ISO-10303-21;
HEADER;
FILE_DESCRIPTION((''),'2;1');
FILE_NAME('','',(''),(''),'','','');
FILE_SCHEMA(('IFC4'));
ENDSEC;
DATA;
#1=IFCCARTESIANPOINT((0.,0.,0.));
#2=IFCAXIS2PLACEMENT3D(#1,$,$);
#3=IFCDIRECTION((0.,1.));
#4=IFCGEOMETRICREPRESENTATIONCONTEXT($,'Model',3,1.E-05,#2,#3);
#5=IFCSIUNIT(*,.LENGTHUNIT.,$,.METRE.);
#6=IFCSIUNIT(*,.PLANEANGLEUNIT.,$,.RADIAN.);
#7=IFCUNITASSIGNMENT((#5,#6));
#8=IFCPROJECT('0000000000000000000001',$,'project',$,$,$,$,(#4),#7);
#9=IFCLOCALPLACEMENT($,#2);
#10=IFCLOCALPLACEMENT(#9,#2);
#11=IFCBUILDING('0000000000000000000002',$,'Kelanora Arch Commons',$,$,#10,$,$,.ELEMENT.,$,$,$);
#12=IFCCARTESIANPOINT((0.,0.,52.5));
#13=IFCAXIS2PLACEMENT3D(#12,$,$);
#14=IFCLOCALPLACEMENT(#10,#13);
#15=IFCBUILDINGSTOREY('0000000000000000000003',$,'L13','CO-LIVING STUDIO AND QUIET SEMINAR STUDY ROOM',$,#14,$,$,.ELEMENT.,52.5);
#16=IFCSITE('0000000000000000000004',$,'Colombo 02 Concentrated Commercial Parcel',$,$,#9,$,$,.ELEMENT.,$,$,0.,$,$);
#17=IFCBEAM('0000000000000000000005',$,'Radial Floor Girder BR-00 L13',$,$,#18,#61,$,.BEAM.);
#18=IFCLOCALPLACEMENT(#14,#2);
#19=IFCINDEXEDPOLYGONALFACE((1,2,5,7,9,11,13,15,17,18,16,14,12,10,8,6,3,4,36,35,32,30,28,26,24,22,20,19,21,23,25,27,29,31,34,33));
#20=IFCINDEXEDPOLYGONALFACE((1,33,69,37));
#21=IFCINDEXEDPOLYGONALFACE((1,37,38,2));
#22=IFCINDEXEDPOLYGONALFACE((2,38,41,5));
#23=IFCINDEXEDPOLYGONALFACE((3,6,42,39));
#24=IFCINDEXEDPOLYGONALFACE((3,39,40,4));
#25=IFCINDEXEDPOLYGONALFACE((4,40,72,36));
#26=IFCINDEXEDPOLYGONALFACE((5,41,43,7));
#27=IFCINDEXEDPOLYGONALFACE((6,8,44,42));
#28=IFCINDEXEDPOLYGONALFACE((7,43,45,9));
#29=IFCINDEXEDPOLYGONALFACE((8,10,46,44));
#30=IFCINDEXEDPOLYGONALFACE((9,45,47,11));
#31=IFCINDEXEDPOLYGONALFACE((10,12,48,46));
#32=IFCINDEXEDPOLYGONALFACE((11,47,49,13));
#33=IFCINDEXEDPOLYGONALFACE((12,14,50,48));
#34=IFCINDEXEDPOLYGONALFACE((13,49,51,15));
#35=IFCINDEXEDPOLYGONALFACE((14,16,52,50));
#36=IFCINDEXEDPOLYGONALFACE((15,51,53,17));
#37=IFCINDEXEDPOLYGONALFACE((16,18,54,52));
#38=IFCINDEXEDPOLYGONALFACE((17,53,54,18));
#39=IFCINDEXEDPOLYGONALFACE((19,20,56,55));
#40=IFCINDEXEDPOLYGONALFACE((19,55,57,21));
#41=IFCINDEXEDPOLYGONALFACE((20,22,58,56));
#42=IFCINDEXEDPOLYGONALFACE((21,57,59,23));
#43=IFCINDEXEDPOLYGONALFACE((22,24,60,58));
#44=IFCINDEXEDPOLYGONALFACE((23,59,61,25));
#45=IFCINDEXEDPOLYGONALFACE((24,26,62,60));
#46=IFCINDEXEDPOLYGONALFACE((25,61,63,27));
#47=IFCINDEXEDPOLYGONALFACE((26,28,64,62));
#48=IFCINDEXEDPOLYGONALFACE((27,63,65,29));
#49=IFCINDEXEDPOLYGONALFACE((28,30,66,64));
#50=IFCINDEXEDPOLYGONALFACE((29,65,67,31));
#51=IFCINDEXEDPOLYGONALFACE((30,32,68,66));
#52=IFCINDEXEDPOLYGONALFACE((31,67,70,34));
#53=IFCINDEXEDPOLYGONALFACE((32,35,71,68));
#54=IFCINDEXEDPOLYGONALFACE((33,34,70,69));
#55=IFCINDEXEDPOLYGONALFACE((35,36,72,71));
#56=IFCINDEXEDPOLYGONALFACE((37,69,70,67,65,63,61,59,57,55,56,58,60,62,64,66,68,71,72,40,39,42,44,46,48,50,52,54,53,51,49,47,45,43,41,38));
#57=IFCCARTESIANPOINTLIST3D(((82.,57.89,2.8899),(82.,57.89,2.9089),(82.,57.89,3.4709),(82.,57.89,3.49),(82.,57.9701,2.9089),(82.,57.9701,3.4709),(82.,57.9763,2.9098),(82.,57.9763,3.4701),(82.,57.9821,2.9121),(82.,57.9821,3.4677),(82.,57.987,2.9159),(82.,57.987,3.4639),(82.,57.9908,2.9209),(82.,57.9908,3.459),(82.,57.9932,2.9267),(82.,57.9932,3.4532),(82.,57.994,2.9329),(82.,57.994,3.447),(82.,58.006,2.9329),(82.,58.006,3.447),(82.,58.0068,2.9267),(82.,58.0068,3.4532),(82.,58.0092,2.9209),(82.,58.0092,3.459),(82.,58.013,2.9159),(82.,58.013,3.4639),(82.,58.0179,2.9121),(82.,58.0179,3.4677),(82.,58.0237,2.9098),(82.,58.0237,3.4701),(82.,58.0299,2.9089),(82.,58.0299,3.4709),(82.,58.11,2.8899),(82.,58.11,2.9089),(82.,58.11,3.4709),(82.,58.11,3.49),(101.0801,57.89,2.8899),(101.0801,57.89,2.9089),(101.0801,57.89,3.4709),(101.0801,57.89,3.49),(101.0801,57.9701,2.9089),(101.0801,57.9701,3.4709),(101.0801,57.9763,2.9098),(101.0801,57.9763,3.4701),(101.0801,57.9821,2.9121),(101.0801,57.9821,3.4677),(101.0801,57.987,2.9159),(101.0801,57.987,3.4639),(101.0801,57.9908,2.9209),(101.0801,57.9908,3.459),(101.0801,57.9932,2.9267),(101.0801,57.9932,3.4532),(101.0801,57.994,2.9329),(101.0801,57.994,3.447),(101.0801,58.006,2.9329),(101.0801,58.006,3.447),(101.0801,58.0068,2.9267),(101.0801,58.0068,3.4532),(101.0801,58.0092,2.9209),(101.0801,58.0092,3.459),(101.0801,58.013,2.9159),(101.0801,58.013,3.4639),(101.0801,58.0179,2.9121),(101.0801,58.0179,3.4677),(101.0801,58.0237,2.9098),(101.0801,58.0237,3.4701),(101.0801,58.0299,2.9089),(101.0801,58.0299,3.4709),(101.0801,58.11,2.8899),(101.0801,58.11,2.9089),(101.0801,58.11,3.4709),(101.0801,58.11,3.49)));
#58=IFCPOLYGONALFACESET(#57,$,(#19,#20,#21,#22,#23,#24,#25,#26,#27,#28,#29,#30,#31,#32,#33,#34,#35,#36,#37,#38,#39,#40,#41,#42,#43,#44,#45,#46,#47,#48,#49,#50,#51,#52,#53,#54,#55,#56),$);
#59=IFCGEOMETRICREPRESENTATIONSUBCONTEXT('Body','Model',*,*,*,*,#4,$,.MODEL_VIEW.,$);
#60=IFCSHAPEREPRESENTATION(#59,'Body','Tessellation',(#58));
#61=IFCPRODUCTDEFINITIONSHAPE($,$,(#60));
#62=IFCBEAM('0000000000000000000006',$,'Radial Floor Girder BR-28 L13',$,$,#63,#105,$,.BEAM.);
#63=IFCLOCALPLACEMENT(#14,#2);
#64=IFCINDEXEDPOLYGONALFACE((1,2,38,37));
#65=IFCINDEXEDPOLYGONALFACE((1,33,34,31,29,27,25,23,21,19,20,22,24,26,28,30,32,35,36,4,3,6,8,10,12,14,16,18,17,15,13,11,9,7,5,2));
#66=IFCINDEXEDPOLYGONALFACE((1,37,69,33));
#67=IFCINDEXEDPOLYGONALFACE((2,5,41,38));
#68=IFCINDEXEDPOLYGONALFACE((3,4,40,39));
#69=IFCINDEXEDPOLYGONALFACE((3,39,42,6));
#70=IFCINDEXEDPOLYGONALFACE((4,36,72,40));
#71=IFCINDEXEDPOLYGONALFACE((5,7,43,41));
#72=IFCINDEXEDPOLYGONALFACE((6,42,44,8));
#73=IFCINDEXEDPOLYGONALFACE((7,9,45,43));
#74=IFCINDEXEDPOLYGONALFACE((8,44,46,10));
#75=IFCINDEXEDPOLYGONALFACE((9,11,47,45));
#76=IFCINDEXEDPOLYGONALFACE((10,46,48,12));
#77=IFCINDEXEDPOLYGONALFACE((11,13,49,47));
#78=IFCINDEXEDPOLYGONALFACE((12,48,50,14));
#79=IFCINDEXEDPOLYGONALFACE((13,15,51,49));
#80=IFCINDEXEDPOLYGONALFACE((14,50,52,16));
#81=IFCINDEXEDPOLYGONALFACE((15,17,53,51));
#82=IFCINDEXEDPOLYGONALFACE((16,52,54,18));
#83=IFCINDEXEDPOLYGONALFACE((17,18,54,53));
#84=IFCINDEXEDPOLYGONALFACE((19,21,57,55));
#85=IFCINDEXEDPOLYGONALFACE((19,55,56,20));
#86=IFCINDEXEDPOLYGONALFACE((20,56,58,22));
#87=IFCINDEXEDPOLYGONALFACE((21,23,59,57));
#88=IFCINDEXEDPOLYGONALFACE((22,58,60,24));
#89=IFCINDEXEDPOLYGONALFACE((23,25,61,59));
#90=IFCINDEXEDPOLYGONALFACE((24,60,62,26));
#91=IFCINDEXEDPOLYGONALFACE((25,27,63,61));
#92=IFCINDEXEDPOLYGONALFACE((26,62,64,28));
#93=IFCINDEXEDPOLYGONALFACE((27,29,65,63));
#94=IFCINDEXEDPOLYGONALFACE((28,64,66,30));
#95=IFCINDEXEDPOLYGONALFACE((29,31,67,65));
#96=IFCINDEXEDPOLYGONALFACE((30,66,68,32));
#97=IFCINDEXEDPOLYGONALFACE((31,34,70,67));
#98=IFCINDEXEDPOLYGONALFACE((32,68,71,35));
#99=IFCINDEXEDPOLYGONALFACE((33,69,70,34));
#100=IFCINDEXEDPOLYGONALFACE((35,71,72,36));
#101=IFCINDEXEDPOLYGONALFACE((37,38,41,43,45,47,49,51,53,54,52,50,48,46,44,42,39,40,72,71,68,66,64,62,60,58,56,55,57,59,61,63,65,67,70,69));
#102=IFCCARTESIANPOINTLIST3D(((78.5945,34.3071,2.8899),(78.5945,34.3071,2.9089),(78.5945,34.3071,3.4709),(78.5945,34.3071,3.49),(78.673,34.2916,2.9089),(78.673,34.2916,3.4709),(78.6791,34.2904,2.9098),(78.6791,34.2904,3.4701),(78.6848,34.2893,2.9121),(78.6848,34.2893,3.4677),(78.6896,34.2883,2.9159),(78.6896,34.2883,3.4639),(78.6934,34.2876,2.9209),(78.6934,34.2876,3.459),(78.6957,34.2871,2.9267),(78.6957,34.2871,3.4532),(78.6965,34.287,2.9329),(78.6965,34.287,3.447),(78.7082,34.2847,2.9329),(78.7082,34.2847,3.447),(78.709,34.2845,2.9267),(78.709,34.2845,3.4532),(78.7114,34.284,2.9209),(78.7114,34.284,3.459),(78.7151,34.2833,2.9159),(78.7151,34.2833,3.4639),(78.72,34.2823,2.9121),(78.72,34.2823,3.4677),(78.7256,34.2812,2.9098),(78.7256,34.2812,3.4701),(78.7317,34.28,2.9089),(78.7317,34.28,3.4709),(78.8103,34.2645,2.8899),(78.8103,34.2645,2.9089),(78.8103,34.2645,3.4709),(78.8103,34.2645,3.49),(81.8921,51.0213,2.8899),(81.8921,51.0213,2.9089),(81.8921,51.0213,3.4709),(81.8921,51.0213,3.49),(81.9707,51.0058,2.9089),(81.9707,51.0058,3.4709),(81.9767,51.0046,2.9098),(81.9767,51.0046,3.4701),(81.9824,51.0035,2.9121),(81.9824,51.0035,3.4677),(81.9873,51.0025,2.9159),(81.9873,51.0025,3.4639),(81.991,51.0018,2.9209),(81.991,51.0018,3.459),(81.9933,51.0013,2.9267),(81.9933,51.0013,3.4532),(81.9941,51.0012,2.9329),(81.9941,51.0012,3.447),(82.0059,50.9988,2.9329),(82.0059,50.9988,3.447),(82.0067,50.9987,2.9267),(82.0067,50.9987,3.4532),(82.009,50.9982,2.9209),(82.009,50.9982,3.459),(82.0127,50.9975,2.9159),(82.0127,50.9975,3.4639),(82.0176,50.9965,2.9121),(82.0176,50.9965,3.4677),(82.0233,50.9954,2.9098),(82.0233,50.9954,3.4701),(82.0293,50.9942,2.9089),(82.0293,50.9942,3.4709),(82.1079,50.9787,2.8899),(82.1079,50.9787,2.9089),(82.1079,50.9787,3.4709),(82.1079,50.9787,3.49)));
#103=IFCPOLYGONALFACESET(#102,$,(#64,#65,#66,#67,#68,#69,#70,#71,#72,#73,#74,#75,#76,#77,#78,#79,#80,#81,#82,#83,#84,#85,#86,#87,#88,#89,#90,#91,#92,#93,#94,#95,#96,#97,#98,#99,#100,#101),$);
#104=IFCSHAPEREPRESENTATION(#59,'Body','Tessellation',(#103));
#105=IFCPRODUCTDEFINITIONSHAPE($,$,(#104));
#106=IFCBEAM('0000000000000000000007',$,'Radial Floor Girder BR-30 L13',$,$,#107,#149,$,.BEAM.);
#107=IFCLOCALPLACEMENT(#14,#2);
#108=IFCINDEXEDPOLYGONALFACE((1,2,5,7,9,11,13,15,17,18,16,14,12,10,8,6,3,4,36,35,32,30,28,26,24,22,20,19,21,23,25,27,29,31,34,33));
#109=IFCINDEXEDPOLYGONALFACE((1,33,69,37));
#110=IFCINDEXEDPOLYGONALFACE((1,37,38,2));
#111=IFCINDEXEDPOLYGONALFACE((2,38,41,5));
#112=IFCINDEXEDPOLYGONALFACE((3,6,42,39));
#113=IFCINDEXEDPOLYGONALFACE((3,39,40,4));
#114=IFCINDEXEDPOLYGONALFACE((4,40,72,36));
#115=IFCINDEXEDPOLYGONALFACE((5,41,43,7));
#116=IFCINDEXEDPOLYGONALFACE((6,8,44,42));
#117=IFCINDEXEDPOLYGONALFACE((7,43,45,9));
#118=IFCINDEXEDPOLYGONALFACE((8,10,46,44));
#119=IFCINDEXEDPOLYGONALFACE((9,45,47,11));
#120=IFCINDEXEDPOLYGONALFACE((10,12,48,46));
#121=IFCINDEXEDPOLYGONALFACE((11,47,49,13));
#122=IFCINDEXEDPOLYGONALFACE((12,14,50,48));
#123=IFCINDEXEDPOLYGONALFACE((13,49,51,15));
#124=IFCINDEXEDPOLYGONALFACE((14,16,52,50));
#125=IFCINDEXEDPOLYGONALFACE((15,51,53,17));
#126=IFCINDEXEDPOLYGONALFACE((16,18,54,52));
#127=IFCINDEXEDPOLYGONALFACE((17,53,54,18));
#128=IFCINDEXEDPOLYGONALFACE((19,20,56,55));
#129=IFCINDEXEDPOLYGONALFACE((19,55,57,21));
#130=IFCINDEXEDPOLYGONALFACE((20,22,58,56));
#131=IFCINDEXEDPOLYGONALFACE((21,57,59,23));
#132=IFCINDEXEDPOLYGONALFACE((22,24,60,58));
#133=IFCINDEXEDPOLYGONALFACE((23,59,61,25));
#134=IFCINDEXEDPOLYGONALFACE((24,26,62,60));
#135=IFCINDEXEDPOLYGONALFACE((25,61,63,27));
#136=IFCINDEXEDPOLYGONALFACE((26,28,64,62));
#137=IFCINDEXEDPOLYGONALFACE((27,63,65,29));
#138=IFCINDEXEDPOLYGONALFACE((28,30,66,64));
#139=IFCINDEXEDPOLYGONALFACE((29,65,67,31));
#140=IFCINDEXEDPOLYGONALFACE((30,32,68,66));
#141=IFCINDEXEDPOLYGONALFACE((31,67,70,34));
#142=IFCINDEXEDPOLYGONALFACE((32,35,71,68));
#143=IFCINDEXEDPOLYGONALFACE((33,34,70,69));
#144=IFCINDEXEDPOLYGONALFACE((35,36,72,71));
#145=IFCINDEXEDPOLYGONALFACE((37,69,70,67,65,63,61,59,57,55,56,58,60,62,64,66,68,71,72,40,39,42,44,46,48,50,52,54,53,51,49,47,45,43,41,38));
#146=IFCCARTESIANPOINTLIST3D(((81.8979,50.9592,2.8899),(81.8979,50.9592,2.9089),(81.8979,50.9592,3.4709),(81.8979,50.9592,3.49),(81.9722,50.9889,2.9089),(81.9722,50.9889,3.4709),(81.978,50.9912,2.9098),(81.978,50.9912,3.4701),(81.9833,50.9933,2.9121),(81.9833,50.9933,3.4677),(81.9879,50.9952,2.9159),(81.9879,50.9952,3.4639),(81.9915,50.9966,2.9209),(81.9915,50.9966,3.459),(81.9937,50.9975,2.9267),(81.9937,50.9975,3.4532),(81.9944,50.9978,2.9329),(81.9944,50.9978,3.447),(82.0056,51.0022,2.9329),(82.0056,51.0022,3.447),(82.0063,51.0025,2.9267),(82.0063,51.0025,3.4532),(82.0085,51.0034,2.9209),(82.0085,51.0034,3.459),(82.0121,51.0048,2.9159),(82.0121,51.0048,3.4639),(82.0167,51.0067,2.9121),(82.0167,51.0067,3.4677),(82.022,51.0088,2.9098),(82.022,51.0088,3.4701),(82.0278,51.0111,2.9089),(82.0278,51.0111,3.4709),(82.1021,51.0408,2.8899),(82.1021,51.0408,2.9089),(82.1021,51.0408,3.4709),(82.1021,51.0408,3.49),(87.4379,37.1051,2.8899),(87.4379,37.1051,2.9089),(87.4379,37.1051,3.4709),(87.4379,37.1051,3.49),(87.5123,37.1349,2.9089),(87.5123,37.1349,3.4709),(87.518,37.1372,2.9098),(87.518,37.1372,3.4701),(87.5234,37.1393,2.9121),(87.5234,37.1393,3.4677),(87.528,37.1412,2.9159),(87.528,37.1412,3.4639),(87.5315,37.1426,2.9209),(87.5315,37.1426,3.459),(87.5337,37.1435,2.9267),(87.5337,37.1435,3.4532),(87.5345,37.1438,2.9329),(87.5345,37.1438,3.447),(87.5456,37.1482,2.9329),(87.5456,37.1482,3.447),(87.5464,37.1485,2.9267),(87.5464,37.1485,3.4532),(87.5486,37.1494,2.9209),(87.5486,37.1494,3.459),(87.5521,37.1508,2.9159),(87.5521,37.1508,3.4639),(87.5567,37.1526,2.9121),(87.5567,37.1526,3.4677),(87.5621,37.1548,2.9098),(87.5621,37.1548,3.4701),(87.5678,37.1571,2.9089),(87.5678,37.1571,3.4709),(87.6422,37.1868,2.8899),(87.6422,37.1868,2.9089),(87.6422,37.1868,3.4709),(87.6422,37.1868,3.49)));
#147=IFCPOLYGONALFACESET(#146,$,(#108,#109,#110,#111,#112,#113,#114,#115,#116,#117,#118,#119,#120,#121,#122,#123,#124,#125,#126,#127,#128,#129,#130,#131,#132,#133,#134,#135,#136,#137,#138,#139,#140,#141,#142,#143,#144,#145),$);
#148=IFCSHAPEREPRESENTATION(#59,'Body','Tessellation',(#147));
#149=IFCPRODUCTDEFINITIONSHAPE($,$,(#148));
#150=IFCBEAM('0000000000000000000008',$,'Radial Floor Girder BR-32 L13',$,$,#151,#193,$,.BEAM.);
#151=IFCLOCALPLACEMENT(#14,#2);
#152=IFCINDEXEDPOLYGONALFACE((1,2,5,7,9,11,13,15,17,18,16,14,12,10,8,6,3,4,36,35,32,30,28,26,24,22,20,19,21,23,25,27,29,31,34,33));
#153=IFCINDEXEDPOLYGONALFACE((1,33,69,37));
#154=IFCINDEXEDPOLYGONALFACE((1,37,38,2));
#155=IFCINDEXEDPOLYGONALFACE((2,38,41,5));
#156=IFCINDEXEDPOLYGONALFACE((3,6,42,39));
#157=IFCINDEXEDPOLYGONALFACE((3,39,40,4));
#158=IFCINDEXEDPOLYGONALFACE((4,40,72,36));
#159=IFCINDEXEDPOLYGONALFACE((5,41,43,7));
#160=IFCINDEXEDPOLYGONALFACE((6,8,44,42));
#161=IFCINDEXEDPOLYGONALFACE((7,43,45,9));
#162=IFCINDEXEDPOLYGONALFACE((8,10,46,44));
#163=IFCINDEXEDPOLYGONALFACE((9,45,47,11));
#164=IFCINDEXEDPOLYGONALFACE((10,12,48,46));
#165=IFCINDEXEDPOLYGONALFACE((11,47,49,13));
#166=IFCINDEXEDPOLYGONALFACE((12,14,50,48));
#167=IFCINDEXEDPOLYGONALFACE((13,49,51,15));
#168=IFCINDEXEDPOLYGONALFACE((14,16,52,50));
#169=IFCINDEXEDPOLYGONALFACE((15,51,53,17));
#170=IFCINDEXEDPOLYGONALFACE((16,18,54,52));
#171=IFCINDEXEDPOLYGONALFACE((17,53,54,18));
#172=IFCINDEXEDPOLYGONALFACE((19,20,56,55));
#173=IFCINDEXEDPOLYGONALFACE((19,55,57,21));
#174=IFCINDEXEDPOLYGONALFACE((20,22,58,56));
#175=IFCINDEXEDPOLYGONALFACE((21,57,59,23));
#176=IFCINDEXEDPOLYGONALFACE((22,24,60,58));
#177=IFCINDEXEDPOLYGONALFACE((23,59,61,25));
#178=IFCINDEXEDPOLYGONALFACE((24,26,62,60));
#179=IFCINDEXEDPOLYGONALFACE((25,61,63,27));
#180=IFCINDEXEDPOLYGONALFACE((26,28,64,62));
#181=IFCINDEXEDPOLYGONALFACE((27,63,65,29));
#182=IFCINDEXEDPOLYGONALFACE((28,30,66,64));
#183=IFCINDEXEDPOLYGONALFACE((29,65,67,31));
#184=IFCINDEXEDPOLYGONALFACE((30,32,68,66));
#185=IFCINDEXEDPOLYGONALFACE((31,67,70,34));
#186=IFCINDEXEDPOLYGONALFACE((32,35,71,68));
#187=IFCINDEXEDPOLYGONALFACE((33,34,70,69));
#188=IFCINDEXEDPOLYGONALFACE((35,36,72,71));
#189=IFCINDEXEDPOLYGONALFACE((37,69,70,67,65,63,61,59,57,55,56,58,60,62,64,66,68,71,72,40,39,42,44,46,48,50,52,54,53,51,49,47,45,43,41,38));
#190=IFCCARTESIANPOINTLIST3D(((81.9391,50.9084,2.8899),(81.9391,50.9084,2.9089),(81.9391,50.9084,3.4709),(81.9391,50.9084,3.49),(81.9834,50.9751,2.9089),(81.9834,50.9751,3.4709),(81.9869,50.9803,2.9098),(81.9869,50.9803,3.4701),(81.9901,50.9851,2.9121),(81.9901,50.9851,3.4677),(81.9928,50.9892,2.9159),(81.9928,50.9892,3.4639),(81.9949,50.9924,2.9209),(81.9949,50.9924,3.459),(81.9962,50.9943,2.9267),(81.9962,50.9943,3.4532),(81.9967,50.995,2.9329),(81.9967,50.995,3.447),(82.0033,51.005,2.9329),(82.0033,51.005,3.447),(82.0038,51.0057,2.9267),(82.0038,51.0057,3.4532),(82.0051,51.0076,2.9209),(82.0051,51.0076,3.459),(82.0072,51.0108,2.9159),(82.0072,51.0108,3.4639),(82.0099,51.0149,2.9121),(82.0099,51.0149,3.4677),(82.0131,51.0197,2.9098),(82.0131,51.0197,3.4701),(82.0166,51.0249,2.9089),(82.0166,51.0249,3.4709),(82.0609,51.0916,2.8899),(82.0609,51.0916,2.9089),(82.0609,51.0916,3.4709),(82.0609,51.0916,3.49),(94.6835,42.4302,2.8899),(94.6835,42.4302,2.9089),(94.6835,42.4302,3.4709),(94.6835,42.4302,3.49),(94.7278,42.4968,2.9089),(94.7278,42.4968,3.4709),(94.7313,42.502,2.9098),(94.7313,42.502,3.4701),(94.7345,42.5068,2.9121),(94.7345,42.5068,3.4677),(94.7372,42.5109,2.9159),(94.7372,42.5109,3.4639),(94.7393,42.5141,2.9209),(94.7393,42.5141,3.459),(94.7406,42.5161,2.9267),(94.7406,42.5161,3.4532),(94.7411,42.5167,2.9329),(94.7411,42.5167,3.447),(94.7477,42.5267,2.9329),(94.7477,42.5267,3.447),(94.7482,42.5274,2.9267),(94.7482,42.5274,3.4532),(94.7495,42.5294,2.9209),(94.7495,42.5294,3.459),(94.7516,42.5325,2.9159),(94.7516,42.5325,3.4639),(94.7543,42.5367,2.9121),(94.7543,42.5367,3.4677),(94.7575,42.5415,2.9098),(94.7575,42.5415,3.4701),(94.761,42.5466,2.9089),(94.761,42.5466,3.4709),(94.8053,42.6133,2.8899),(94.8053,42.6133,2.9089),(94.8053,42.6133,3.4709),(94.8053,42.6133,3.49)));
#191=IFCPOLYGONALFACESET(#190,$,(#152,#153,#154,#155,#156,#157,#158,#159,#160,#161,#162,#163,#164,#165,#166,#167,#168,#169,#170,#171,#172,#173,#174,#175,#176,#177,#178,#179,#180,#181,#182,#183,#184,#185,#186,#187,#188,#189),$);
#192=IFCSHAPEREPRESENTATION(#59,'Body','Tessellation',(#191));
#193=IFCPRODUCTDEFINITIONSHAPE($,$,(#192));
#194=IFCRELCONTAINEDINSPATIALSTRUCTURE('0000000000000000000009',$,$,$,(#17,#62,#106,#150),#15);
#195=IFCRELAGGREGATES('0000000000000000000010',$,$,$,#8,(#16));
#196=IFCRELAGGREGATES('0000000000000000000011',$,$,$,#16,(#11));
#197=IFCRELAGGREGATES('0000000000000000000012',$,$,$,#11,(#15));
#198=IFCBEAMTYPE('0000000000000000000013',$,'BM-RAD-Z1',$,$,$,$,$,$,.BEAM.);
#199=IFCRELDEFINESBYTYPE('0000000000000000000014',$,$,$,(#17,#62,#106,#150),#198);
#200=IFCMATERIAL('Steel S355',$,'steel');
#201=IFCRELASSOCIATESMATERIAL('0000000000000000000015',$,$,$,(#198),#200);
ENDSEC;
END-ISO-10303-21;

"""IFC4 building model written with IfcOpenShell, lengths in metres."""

from ifc_helpers import new_model, si_unit, direction, frame, origin, origin_2d, place, context, subcontext, project, spatial, i_section, extrude, material, material_profile, profile_set, type_object, element, save


model = new_model("IFC4")

# Units and contexts
model_context = context("Model", 3, precision=1e-05, world=origin(), true_north=direction((0.0, 1.0)))
body_context = subcontext(model_context, "Body", "Model", "MODEL_VIEW")
ifc_project = project(units=[si_unit("LENGTHUNIT", "METRE"), si_unit("PLANEANGLEUNIT", "RADIAN")], contexts=[model_context])

# Site, building, storey
site_placement = place(None, origin())
site = spatial("IfcSite", under=ifc_project, at=site_placement, Name="Colombo 02 Concentrated Commercial Parcel", CompositionType="ELEMENT", RefElevation=0.0)
building_placement = place(site_placement, origin())
building = spatial("IfcBuilding", under=site, at=building_placement, Name="Kelanora Arch Commons", CompositionType="ELEMENT")
storey_placement = place(building_placement, frame((0.0, 0.0, 52.5)))
storey = spatial("IfcBuildingStorey", under=building, at=storey_placement, Name="L13", Description="CO-LIVING STUDIO AND QUIET SEMINAR STUDY ROOM", CompositionType="ELEMENT", Elevation=52.5)

# Beams
ifc_material_1 = material(Name="Steel S355", Category="steel")
ifc_material_profile_1 = material_profile(ifc_material_1, i_section(OverallWidth=0.22, OverallDepth=0.6001, WebThickness=0.012, FlangeThickness=0.019, FilletRadius=0.0239, at=origin_2d()), Name="IPE600")
ifc_profile_set_1 = profile_set([ifc_material_profile_1], Name="Steel S355")
beam_type_1 = type_object("IfcBeamType", Name="BM-RAD-Z1", PredefinedType="BEAM", material=ifc_profile_set_1)
beam_1_placement = place(storey_placement, frame((82.0, 58.0, 3.1899), z_axis=(1.0, 0.0, 0.0), x_axis=(0.0, 1.0, 0.0)))
element("IfcBeam", 1, at=beam_1_placement, inside=storey, type_object=beam_type_1, Name="Radial Floor Girder BR-00 L13", PredefinedType="BEAM", context=body_context, shape_type="SweptSolid", body=[
    extrude(i_section(OverallWidth=0.22, OverallDepth=0.6001, WebThickness=0.012, FlangeThickness=0.019, FilletRadius=0.0239, at=origin_2d()), origin(), (0.0, 0.0, 1.0), 19.0801),
])
beam_2_placement = place(storey_placement, frame((82.0, 51.0, 3.1899), z_axis=(-0.193564, -0.981088, 0.0), x_axis=(0.981088, -0.193564, 0.0)))
element("IfcBeam", 2, at=beam_2_placement, inside=storey, type_object=beam_type_1, Name="Radial Floor Girder BR-28 L13", PredefinedType="BEAM", context=body_context, shape_type="SweptSolid", body=[
    extrude(i_section(OverallWidth=0.22, OverallDepth=0.6001, WebThickness=0.012, FlangeThickness=0.019, FilletRadius=0.0239, at=origin_2d()), origin(), (0.0, 0.0, 1.0), 17.0364),
])
beam_3_placement = place(storey_placement, frame((82.0, 51.0, 3.1899), z_axis=(0.3713, -0.928513, 0.0), x_axis=(0.928513, 0.3713, 0.0)))
element("IfcBeam", 3, at=beam_3_placement, inside=storey, type_object=beam_type_1, Name="Radial Floor Girder BR-30 L13", PredefinedType="BEAM", context=body_context, shape_type="SweptSolid", body=[
    extrude(i_section(OverallWidth=0.22, OverallDepth=0.6001, WebThickness=0.012, FlangeThickness=0.019, FilletRadius=0.0239, at=origin_2d()), origin(), (0.0, 0.0, 1.0), 14.9207),
])
beam_4_placement = place(storey_placement, frame((82.0, 51.0, 3.1899), z_axis=(0.832592, -0.553886, 0.0), x_axis=(0.553886, 0.832592, 0.0)))
element("IfcBeam", 4, at=beam_4_placement, inside=storey, type_object=beam_type_1, Name="Radial Floor Girder BR-32 L13", PredefinedType="BEAM", context=body_context, shape_type="SweptSolid", body=[
    extrude(i_section(OverallWidth=0.22, OverallDepth=0.6001, WebThickness=0.012, FlangeThickness=0.019, FilletRadius=0.0239, at=origin_2d()), origin(), (0.0, 0.0, 1.0), 15.3069),
])

save(model, "model.ifc")
